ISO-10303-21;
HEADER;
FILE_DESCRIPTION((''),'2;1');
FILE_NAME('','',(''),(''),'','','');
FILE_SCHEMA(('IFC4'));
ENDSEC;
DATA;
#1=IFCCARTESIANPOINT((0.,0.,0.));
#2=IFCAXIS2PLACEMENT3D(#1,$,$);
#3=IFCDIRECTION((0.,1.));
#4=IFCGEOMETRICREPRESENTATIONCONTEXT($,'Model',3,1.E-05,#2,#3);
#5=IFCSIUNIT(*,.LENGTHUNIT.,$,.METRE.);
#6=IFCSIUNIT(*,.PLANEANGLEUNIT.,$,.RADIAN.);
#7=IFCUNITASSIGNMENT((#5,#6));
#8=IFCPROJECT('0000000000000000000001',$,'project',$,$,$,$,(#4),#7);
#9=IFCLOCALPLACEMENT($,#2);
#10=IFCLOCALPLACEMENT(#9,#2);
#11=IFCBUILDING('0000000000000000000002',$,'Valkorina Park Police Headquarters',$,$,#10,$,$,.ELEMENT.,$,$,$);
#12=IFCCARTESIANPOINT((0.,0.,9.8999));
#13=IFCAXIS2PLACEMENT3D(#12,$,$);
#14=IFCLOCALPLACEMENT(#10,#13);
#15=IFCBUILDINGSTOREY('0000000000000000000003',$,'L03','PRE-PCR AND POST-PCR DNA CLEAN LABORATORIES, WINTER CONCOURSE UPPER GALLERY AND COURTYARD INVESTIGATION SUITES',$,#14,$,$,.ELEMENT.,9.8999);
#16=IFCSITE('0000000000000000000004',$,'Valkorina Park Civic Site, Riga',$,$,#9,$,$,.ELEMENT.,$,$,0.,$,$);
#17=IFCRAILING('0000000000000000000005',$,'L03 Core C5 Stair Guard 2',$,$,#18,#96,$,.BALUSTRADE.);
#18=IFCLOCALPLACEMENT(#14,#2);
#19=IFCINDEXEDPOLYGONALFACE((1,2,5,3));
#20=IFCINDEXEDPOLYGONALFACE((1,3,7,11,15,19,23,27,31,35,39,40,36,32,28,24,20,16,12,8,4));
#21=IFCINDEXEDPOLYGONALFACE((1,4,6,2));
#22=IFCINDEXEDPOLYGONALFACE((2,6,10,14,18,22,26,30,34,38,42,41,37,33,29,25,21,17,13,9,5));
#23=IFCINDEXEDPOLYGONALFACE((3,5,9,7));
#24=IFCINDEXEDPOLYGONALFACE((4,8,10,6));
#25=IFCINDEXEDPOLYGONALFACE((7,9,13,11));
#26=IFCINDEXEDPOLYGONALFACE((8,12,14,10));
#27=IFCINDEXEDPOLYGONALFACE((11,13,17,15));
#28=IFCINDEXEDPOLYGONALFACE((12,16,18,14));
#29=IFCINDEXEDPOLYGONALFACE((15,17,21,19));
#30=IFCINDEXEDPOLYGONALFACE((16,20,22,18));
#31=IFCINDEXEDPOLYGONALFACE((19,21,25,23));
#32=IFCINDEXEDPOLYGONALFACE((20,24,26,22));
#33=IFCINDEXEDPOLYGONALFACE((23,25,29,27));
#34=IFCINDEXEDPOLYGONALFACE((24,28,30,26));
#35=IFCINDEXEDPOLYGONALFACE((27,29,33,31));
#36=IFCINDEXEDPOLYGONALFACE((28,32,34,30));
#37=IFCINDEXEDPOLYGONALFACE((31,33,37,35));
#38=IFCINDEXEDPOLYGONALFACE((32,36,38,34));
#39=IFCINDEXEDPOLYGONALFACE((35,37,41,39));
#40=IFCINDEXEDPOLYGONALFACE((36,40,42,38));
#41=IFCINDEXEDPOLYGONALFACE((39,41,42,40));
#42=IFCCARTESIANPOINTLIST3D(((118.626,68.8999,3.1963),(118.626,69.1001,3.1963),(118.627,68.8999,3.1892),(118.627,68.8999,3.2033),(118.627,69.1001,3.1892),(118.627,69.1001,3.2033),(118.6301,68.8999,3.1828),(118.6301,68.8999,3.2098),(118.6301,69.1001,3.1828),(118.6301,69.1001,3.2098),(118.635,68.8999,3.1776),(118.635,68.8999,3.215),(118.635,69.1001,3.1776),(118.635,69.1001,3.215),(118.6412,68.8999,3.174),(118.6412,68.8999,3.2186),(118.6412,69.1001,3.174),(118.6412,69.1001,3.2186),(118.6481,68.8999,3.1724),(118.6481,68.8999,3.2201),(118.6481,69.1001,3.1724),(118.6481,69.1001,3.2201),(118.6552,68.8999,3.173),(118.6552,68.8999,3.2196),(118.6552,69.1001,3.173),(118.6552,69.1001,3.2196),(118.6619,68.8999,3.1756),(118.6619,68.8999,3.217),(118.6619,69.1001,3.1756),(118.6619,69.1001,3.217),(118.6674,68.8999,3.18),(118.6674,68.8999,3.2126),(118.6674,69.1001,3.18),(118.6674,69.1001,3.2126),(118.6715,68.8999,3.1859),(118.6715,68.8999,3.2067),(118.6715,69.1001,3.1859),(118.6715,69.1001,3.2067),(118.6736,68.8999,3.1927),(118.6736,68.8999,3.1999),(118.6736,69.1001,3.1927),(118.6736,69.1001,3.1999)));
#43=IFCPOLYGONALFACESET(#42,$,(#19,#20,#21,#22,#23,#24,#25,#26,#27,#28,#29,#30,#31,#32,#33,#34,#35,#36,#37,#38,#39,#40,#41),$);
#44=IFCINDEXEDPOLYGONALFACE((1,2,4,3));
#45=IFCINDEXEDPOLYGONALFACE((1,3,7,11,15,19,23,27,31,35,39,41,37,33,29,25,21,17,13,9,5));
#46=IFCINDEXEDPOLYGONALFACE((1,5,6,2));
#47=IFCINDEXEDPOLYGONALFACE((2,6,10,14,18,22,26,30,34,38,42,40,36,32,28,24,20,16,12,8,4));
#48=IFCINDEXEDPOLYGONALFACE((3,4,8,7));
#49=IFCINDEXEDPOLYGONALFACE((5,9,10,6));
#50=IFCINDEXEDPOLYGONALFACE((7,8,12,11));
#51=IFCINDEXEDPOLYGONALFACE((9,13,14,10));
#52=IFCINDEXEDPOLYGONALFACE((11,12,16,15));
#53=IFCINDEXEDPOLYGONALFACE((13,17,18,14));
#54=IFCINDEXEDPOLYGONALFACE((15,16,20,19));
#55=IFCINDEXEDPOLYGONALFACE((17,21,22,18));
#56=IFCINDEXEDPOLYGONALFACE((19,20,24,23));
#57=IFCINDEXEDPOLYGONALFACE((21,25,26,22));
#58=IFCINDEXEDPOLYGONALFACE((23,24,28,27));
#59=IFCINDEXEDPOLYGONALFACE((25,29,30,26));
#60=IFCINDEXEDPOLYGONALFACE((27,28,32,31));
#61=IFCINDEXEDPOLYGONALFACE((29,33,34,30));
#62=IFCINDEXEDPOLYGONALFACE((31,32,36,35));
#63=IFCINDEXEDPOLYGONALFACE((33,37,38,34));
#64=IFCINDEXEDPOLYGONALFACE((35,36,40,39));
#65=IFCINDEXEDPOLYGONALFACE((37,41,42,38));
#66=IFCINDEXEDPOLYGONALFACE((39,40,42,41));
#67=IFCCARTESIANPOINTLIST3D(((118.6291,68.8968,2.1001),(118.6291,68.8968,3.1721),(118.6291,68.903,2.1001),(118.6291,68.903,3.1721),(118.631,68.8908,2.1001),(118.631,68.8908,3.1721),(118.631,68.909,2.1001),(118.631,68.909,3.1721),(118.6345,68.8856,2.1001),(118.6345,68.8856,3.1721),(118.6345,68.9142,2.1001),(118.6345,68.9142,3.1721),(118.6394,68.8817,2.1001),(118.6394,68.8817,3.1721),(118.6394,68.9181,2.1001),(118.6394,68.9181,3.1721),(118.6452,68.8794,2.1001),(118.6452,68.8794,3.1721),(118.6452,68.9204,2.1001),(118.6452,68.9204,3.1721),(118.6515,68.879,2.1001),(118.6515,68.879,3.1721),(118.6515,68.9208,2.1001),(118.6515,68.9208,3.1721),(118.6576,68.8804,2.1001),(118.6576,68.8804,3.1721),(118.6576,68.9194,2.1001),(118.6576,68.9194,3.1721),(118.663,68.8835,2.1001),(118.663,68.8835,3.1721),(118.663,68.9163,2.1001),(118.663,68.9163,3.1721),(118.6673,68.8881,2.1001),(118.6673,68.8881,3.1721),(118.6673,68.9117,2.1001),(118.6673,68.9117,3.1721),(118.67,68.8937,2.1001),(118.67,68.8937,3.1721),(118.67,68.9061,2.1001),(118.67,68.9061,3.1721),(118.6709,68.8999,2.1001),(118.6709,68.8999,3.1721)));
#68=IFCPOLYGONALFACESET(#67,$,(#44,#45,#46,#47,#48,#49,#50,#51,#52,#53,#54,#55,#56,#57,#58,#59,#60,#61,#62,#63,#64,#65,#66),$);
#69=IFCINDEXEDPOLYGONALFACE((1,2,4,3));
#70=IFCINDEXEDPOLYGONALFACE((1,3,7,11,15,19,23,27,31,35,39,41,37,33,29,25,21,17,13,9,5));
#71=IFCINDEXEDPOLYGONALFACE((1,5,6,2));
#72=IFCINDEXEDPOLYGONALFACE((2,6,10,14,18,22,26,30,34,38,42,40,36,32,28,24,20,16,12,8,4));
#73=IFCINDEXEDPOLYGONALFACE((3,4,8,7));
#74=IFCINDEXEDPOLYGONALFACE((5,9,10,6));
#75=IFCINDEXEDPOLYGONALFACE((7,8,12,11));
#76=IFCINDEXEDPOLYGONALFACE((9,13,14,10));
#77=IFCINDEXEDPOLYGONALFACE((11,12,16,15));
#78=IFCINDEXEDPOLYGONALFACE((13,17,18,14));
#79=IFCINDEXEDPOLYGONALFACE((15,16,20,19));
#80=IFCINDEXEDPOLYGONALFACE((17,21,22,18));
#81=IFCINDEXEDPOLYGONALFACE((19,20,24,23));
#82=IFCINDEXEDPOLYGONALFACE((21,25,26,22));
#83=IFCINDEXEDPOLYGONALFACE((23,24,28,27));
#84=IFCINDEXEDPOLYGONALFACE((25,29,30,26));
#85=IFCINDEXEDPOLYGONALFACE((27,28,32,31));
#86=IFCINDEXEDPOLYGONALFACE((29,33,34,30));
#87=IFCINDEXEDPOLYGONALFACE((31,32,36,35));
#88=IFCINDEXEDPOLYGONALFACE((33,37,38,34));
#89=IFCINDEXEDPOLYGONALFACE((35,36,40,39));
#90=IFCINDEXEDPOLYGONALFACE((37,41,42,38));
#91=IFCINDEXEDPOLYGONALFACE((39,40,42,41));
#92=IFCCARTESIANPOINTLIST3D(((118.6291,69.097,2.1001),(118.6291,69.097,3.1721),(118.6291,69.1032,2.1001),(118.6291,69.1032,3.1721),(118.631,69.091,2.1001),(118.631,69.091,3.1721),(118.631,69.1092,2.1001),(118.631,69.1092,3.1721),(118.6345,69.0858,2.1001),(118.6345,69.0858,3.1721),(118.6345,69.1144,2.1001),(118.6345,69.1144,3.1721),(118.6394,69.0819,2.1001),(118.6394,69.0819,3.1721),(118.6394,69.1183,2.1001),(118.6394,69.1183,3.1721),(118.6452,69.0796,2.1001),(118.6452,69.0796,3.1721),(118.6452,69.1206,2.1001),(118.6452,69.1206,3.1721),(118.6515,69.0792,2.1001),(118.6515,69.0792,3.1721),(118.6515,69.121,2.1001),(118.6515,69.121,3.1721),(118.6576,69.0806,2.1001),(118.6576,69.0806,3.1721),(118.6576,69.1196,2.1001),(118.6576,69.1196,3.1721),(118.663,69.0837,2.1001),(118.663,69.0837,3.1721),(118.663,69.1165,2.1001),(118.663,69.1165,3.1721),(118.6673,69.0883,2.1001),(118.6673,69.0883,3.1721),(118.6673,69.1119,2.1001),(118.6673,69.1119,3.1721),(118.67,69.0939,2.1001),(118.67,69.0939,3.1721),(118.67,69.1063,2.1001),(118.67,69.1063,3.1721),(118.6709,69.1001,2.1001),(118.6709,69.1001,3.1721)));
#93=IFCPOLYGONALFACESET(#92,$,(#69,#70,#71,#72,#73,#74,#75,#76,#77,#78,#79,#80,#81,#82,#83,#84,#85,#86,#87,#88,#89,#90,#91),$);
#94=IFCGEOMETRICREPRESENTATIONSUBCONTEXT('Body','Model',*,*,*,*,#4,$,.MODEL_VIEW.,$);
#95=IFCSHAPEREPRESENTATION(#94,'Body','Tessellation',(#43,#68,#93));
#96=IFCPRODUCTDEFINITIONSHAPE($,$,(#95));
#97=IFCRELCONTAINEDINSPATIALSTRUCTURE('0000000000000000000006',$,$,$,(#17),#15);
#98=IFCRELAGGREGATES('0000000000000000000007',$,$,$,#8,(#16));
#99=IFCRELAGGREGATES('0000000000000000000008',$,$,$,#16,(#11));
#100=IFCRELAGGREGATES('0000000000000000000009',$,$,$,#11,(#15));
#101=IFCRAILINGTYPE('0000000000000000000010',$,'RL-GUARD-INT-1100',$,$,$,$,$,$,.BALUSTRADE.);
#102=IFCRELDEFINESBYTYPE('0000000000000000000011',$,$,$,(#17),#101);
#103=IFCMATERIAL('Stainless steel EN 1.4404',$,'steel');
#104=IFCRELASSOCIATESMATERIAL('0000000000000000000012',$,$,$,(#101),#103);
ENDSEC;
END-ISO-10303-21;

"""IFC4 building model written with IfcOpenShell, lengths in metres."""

from ifc_helpers import new_model, si_unit, direction, frame, origin, origin_2d, place, context, subcontext, project, spatial, circle, extrude, material, type_object, element, save


model = new_model("IFC4")

# Units and contexts
model_context = context("Model", 3, precision=1e-05, world=origin(), true_north=direction((0.0, 1.0)))
body_context = subcontext(model_context, "Body", "Model", "MODEL_VIEW")
ifc_project = project(units=[si_unit("LENGTHUNIT", "METRE"), si_unit("PLANEANGLEUNIT", "RADIAN")], contexts=[model_context])

# Site, building, storey
site_placement = place(None, origin())
site = spatial("IfcSite", under=ifc_project, at=site_placement, Name="Valkorina Park Civic Site, Riga", CompositionType="ELEMENT", RefElevation=0.0)
building_placement = place(site_placement, origin())
building = spatial("IfcBuilding", under=site, at=building_placement, Name="Valkorina Park Police Headquarters", CompositionType="ELEMENT")
storey_placement = place(building_placement, frame((0.0, 0.0, 9.8999)))
storey = spatial("IfcBuildingStorey", under=building, at=storey_placement, Name="L03", Description="PRE-PCR AND POST-PCR DNA CLEAN LABORATORIES, WINTER CONCOURSE UPPER GALLERY AND COURTYARD INVESTIGATION SUITES", CompositionType="ELEMENT", Elevation=9.8999)

# Railing
ifc_material_1 = material(Name="Stainless steel EN 1.4404", Category="steel")
railing_type_1 = type_object("IfcRailingType", Name="RL-GUARD-INT-1100", PredefinedType="BALUSTRADE", material=ifc_material_1)
railing_1_placement = place(storey_placement, frame((118.6499, 68.8999, 2.1001)))
element("IfcRailing", 1, at=railing_1_placement, inside=storey, type_object=railing_type_1, Name="L03 Core C5 Stair Guard 2", PredefinedType="BALUSTRADE", context=body_context, shape_type="SweptSolid", body=[
    extrude(circle(Radius=0.0239, at=origin_2d()), frame((0.0, 0.0, 1.0962), z_axis=(0.0, 1.0, 0.0), x_axis=(-1.0, 0.0, 0.0)), (0.0, 0.0, 1.0), 0.2002),
    extrude(circle(Radius=0.021, at=origin_2d()), origin(), (0.0, 0.0, 1.0), 1.072),
    extrude(circle(Radius=0.021, at=origin_2d()), frame((0.0, 0.2002, 0.0)), (0.0, 0.0, 1.0), 1.072),
])

save(model, "model.ifc")
